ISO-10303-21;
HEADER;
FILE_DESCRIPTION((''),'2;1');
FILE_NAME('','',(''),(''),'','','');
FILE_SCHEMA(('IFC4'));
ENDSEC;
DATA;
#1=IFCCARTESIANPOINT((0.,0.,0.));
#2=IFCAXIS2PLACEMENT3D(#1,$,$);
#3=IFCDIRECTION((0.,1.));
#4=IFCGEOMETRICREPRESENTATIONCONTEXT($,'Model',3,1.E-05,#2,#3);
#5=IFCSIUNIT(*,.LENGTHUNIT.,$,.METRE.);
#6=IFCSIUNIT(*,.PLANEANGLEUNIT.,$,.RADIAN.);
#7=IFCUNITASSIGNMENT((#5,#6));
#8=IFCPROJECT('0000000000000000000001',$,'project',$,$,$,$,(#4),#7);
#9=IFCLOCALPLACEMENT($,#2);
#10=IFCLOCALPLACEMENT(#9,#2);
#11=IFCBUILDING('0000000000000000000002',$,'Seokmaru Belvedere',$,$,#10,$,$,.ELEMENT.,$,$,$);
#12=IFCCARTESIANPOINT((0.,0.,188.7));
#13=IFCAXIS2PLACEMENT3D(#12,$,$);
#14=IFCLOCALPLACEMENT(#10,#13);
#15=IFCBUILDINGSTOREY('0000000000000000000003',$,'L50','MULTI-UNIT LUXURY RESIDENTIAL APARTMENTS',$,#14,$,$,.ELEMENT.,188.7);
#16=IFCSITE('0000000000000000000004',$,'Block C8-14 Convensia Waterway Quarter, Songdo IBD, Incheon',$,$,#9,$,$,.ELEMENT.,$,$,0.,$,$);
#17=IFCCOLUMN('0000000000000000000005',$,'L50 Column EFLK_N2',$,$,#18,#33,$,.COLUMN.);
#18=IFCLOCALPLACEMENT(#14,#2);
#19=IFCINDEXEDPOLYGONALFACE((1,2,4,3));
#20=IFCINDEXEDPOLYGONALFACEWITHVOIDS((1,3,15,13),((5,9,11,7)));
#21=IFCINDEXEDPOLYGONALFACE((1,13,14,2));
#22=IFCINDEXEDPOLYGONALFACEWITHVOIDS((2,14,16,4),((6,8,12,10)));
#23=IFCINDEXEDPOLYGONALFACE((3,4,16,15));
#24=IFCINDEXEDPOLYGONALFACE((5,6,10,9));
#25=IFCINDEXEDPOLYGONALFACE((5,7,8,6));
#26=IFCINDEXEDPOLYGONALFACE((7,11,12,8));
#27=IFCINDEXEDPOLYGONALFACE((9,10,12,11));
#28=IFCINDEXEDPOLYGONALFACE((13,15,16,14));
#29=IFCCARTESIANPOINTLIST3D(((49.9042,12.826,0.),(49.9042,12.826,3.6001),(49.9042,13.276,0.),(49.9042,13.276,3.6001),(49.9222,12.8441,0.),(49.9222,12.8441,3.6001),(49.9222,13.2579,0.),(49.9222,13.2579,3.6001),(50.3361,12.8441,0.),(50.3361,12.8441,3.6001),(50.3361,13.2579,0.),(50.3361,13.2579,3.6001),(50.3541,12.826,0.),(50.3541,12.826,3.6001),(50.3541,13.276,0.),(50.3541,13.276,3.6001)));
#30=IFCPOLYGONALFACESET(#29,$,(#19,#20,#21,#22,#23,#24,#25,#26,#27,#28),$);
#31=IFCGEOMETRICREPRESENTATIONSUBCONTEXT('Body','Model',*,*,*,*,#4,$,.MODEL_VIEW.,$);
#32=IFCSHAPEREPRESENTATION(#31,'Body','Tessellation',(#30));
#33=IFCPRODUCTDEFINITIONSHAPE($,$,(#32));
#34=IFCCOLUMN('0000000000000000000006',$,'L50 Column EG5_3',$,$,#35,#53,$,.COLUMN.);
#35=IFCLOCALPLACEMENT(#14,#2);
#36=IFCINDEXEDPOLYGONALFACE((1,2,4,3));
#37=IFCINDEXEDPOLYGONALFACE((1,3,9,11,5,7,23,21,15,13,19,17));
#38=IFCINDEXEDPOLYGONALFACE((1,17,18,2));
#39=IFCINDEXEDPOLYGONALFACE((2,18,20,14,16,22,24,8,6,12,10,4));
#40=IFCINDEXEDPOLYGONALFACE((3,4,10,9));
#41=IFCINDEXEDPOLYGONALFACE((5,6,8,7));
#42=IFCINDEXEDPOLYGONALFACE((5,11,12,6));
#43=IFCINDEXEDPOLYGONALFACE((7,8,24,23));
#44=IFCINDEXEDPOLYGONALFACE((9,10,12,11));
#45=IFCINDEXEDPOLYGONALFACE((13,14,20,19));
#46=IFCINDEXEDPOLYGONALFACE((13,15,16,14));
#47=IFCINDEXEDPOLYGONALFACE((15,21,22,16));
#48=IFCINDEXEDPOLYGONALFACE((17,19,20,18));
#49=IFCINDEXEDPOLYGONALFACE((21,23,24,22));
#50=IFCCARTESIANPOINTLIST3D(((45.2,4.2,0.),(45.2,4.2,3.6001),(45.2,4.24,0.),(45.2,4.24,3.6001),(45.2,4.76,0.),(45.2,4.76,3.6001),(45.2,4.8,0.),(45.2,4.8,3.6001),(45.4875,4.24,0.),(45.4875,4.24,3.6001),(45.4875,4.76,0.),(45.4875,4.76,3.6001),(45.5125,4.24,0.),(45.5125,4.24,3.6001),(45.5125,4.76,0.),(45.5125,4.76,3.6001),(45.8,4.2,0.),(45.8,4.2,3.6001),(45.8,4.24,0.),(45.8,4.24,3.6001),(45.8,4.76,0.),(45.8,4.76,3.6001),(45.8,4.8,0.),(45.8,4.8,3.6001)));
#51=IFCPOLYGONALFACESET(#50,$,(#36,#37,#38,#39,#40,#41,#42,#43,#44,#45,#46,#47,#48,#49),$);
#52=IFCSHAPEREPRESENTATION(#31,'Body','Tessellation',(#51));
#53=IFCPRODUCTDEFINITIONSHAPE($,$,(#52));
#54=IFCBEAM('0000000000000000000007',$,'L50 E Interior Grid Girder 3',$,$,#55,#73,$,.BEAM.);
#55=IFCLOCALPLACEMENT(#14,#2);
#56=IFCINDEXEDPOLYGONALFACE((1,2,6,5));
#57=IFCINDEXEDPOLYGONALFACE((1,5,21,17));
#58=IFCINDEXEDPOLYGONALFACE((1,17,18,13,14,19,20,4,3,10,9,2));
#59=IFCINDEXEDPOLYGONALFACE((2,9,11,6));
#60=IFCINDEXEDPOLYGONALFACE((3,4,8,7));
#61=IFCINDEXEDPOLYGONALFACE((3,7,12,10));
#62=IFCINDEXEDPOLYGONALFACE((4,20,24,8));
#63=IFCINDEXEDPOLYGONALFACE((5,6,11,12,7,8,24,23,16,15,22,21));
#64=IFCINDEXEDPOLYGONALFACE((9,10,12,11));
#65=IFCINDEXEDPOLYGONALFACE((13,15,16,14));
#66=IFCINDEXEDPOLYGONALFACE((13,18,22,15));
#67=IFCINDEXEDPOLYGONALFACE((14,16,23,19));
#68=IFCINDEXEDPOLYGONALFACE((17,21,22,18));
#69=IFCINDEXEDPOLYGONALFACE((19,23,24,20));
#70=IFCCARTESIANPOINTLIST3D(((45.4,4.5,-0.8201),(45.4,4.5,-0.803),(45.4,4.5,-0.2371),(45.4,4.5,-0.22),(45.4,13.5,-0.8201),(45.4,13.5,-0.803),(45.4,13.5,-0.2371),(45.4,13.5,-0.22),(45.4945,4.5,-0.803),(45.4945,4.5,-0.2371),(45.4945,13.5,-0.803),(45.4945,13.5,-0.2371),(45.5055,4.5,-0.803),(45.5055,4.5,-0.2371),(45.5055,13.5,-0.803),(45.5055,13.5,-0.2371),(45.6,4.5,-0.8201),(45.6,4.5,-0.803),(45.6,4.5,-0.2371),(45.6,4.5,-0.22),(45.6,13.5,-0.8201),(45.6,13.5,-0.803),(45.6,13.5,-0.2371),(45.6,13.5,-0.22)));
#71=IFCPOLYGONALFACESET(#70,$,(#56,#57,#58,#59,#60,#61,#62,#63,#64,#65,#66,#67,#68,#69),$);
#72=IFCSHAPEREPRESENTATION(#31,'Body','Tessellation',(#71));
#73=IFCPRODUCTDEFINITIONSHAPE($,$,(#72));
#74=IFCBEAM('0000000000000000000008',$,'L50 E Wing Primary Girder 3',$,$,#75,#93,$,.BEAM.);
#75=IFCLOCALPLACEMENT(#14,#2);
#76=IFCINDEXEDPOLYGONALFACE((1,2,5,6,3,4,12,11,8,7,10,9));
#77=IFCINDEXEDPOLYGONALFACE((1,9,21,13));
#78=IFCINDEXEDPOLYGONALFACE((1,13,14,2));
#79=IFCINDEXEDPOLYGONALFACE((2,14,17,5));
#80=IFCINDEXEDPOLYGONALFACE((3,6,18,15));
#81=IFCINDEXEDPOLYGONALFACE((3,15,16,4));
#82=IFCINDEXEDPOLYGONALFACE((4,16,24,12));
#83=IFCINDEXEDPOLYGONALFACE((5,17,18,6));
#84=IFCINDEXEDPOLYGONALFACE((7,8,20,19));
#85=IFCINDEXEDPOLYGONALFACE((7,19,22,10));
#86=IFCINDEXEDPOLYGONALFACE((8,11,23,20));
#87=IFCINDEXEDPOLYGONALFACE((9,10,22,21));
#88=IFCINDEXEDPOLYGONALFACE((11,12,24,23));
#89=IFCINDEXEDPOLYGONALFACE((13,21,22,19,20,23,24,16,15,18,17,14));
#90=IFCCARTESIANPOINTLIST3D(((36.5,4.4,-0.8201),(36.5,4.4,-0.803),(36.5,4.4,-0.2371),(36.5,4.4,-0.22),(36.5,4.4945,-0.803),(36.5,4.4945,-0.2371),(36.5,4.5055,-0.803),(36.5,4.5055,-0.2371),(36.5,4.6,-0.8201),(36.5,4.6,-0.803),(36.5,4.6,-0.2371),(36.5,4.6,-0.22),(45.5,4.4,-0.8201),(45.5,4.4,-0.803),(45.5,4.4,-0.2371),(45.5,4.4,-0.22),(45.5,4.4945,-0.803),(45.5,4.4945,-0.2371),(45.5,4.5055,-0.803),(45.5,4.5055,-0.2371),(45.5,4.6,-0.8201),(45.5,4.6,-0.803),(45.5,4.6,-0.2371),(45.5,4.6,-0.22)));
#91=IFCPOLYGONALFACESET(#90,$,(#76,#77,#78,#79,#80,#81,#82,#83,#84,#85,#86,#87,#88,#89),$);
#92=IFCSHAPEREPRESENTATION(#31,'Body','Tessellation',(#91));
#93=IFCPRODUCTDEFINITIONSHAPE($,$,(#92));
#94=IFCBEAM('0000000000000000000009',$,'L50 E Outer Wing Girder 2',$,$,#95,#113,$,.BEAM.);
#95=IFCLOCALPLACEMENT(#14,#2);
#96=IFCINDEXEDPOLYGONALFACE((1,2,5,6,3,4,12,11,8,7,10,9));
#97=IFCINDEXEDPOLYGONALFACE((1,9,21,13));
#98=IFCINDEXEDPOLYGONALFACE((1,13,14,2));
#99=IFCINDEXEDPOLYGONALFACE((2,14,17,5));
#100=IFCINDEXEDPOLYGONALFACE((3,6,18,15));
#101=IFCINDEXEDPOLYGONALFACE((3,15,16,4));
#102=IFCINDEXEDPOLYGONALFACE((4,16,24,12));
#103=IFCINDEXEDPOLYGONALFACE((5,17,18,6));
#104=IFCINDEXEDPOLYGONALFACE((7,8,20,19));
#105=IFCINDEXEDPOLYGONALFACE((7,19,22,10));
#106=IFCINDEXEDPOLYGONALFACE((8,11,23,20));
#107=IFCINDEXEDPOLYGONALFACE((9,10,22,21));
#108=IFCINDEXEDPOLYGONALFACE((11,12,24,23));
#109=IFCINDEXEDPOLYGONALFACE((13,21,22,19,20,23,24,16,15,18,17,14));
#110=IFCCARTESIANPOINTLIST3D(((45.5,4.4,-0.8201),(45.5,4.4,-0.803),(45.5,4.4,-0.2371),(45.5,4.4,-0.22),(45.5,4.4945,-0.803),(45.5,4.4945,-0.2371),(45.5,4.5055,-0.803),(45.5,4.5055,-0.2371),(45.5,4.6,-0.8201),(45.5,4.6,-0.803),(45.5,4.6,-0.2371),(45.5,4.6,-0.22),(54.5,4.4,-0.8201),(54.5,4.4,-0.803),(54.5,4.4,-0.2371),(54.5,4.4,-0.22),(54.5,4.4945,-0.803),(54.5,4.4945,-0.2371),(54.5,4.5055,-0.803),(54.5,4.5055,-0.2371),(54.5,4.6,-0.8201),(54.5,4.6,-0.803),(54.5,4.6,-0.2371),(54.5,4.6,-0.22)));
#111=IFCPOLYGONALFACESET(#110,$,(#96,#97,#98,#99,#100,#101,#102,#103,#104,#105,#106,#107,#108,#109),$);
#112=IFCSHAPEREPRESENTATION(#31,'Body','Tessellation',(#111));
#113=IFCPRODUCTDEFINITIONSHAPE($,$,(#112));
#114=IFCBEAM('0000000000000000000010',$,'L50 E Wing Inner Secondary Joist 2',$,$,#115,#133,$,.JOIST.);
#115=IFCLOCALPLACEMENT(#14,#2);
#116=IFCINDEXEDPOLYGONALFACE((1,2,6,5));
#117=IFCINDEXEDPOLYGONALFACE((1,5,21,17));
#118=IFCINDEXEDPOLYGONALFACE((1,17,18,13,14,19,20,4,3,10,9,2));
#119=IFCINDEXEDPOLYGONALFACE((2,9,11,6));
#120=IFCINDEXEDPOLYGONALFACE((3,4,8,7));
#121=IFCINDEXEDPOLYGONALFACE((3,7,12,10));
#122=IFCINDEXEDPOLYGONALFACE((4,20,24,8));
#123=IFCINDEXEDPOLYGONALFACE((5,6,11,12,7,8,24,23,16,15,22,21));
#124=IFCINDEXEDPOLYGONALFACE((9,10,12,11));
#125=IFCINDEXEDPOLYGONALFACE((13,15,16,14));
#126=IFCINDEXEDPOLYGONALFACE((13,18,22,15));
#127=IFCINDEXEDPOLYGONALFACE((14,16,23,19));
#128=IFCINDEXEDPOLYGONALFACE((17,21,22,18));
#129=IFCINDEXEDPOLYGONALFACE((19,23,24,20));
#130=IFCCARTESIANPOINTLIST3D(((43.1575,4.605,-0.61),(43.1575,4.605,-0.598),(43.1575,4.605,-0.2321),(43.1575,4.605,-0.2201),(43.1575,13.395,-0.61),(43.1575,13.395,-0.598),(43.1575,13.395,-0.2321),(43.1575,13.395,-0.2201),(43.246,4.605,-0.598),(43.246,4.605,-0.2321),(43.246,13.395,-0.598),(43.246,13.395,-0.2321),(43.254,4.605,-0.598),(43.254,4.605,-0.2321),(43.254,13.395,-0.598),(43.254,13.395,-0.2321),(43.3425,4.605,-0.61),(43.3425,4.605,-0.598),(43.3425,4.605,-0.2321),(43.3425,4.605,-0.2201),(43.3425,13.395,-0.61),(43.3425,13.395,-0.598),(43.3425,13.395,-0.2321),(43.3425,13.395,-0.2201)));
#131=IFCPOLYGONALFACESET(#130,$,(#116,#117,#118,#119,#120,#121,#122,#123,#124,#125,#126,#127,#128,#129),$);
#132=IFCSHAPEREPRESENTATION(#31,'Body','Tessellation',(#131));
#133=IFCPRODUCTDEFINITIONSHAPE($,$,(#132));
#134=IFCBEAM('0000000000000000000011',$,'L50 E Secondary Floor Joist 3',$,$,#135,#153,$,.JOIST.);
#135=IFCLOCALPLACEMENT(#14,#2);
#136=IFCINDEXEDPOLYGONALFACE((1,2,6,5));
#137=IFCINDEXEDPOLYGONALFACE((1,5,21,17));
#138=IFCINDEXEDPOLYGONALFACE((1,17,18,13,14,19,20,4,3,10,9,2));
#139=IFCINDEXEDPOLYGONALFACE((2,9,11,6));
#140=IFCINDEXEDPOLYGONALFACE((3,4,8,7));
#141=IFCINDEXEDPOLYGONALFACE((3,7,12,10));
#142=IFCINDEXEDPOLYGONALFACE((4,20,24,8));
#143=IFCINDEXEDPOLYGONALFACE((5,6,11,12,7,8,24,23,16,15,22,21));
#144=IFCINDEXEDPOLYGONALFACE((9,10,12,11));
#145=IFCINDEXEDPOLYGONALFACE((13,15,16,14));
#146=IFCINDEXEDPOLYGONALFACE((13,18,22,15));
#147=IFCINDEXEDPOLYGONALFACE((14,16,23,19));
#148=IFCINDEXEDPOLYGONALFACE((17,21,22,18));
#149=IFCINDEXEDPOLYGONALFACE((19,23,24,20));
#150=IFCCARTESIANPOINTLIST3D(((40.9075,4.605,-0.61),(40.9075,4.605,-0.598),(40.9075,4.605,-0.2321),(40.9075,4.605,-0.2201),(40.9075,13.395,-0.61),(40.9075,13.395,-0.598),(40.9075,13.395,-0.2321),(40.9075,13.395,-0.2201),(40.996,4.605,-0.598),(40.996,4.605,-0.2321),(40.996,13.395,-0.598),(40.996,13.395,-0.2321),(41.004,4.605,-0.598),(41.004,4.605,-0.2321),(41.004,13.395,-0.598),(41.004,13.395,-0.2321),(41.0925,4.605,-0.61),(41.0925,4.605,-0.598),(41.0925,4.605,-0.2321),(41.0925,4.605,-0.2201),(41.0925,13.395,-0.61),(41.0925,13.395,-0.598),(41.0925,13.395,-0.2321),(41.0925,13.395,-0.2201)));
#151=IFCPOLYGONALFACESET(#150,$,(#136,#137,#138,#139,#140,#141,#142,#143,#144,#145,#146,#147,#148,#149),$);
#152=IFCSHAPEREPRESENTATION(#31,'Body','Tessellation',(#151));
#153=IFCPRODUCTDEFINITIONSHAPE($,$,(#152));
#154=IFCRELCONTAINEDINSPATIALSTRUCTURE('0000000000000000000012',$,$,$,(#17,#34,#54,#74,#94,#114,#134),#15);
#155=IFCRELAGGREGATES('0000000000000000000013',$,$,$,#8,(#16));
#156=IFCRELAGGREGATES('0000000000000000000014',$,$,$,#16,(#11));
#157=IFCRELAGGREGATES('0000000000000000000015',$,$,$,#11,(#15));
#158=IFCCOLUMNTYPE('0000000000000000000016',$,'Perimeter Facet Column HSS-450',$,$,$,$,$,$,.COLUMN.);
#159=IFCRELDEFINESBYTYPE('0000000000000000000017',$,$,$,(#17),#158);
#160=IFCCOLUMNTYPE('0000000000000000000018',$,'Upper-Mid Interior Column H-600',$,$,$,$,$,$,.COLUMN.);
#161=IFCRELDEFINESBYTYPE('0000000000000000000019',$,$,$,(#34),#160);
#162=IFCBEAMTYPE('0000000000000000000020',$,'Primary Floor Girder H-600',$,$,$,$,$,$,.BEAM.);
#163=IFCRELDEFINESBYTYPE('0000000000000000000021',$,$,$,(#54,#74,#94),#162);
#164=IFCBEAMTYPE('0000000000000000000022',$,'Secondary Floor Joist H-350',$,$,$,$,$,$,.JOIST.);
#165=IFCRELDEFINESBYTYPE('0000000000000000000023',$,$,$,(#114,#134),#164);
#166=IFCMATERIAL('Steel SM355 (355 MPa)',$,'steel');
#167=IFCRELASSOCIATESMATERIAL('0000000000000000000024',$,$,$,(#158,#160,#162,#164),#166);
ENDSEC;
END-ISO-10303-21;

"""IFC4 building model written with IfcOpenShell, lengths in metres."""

from ifc_helpers import new_model, si_unit, direction, frame, origin, origin_2d, place, context, subcontext, project, spatial, hollow_rectangle, i_section, extrude, source, transform, mapped, material, material_profile, profile_set, type_object, type_shapes, element, save


model = new_model("IFC4")

# Units and contexts
model_context = context("Model", 3, precision=1e-05, world=origin(), true_north=direction((0.0, 1.0)))
body_context = subcontext(model_context, "Body", "Model", "MODEL_VIEW")
ifc_project = project(units=[si_unit("LENGTHUNIT", "METRE"), si_unit("PLANEANGLEUNIT", "RADIAN")], contexts=[model_context])

# Site, building, storey
site_placement = place(None, origin())
site = spatial("IfcSite", under=ifc_project, at=site_placement, Name="Block C8-14 Convensia Waterway Quarter, Songdo IBD, Incheon", CompositionType="ELEMENT", RefElevation=0.0)
building_placement = place(site_placement, origin())
building = spatial("IfcBuilding", under=site, at=building_placement, Name="Seokmaru Belvedere", CompositionType="ELEMENT")
storey_placement = place(building_placement, frame((0.0, 0.0, 188.7)))
storey = spatial("IfcBuildingStorey", under=building, at=storey_placement, Name="L50", Description="MULTI-UNIT LUXURY RESIDENTIAL APARTMENTS", CompositionType="ELEMENT", Elevation=188.7)

# Columns
ifc_material_1 = material(Name="Steel SM355 (355 MPa)", Category="steel")
ifc_material_profile_1 = material_profile(ifc_material_1, hollow_rectangle(XDim=0.45, YDim=0.45, WallThickness=0.0181, at=origin_2d()), Name="HSS-450x450x18")
ifc_profile_set_1 = profile_set([ifc_material_profile_1], Name="Steel SM355 (355 MPa)")
column_type_1 = type_object("IfcColumnType", Name="Perimeter Facet Column HSS-450", PredefinedType="COLUMN", material=ifc_profile_set_1)
shared_shape_1 = source(origin(), body_context, "Body", "SweptSolid", [
    extrude(hollow_rectangle(XDim=0.45, YDim=0.45, WallThickness=0.0181, at=origin_2d()), origin(), (0.0, 0.0, 1.0), 3.6001),
])
type_shapes(column_type_1, [shared_shape_1])
column_1_placement = place(storey_placement, frame((50.1292, 13.051, 0.0), z_axis=(0.0, 0.0, 1.0), x_axis=(1.0, 0.0, 0.0)))
element("IfcColumn", 1, at=column_1_placement, inside=storey, type_object=column_type_1, Name="L50 Column EFLK_N2", PredefinedType="COLUMN", context=body_context, shape_type="MappedRepresentation", body=[
    mapped(shared_shape_1, transform((0.0, 0.0, 0.0), scale=1.0)),
])
ifc_material_profile_2 = material_profile(ifc_material_1, i_section(OverallWidth=0.6001, OverallDepth=0.6001, WebThickness=0.0249, FlangeThickness=0.04, at=origin_2d()), Name="H-600x600x25x40")
ifc_profile_set_2 = profile_set([ifc_material_profile_2], Name="Steel SM355 (355 MPa)")
column_type_2 = type_object("IfcColumnType", Name="Upper-Mid Interior Column H-600", PredefinedType="COLUMN", material=ifc_profile_set_2)
shared_shape_2 = source(origin(), body_context, "Body", "SweptSolid", [
    extrude(i_section(OverallWidth=0.6001, OverallDepth=0.6001, WebThickness=0.0249, FlangeThickness=0.04, at=origin_2d()), origin(), (0.0, 0.0, 1.0), 3.6001),
])
type_shapes(column_type_2, [shared_shape_2])
column_2_placement = place(storey_placement, frame((45.5, 4.5, 0.0), z_axis=(0.0, 0.0, 1.0), x_axis=(1.0, 0.0, 0.0)))
element("IfcColumn", 2, at=column_2_placement, inside=storey, type_object=column_type_2, Name="L50 Column EG5_3", PredefinedType="COLUMN", context=body_context, shape_type="MappedRepresentation", body=[
    mapped(shared_shape_2, transform((0.0, 0.0, 0.0), scale=1.0)),
])

# Beams
ifc_material_profile_3 = material_profile(ifc_material_1, i_section(OverallWidth=0.2, OverallDepth=0.6001, WebThickness=0.011, FlangeThickness=0.0171, at=origin_2d()), Name="H-600x200x11x17")
ifc_profile_set_3 = profile_set([ifc_material_profile_3], Name="Steel SM355 (355 MPa)")
beam_type_1 = type_object("IfcBeamType", Name="Primary Floor Girder H-600", PredefinedType="BEAM", material=ifc_profile_set_3)
shared_shape_3 = source(origin(), body_context, "Body", "SweptSolid", [
    extrude(i_section(OverallWidth=0.2, OverallDepth=0.6001, WebThickness=0.011, FlangeThickness=0.0171, at=origin_2d()), origin(), (0.0, 0.0, 1.0), 9.0),
])
type_shapes(beam_type_1, [shared_shape_3])
for number, where, z_axis, x_axis, name in (
    (3, (45.5, 4.5, -0.52), (0.0, 1.0, 0.0), (-1.0, 0.0, 0.0), "L50 E Interior Grid Girder 3"),
    (4, (36.5, 4.5, -0.52), (1.0, 0.0, 0.0), (0.0, 1.0, 0.0), "L50 E Wing Primary Girder 3"),
    (5, (45.5, 4.5, -0.52), (1.0, 0.0, 0.0), (0.0, 1.0, 0.0), "L50 E Outer Wing Girder 2"),
):
    element("IfcBeam", number, at=place(storey_placement, frame(where, z_axis=z_axis, x_axis=x_axis)), inside=storey, type_object=beam_type_1, Name=name, PredefinedType="BEAM", context=body_context, shape_type="MappedRepresentation", body=[
        mapped(shared_shape_3, transform((0.0, 0.0, 0.0), scale=1.0)),
    ])
ifc_material_profile_4 = material_profile(ifc_material_1, i_section(OverallWidth=0.1851, OverallDepth=0.3899, WebThickness=0.0081, FlangeThickness=0.012, at=origin_2d()), Name="H-390x185x8x12")
ifc_profile_set_4 = profile_set([ifc_material_profile_4], Name="Steel SM355 (355 MPa)")
beam_type_2 = type_object("IfcBeamType", Name="Secondary Floor Joist H-350", PredefinedType="JOIST", material=ifc_profile_set_4)
shared_shape_4 = source(origin(), body_context, "Body", "SweptSolid", [
    extrude(i_section(OverallWidth=0.1851, OverallDepth=0.3899, WebThickness=0.0081, FlangeThickness=0.012, at=origin_2d()), origin(), (0.0, 0.0, 1.0), 8.79),
])
type_shapes(beam_type_2, [shared_shape_4])
for number, where, z_axis, x_axis, name in (
    (6, (43.25, 4.605, -0.415), (0.0, 1.0, 0.0), (-1.0, 0.0, 0.0), "L50 E Wing Inner Secondary Joist 2"),
    (7, (41.0, 4.605, -0.415), (0.0, 1.0, 0.0), (-1.0, 0.0, 0.0), "L50 E Secondary Floor Joist 3"),
):
    element("IfcBeam", number, at=place(storey_placement, frame(where, z_axis=z_axis, x_axis=x_axis)), inside=storey, type_object=beam_type_2, Name=name, PredefinedType="JOIST", context=body_context, shape_type="MappedRepresentation", body=[
        mapped(shared_shape_4, transform((0.0, 0.0, 0.0), scale=1.0)),
    ])

save(model, "model.ifc")
